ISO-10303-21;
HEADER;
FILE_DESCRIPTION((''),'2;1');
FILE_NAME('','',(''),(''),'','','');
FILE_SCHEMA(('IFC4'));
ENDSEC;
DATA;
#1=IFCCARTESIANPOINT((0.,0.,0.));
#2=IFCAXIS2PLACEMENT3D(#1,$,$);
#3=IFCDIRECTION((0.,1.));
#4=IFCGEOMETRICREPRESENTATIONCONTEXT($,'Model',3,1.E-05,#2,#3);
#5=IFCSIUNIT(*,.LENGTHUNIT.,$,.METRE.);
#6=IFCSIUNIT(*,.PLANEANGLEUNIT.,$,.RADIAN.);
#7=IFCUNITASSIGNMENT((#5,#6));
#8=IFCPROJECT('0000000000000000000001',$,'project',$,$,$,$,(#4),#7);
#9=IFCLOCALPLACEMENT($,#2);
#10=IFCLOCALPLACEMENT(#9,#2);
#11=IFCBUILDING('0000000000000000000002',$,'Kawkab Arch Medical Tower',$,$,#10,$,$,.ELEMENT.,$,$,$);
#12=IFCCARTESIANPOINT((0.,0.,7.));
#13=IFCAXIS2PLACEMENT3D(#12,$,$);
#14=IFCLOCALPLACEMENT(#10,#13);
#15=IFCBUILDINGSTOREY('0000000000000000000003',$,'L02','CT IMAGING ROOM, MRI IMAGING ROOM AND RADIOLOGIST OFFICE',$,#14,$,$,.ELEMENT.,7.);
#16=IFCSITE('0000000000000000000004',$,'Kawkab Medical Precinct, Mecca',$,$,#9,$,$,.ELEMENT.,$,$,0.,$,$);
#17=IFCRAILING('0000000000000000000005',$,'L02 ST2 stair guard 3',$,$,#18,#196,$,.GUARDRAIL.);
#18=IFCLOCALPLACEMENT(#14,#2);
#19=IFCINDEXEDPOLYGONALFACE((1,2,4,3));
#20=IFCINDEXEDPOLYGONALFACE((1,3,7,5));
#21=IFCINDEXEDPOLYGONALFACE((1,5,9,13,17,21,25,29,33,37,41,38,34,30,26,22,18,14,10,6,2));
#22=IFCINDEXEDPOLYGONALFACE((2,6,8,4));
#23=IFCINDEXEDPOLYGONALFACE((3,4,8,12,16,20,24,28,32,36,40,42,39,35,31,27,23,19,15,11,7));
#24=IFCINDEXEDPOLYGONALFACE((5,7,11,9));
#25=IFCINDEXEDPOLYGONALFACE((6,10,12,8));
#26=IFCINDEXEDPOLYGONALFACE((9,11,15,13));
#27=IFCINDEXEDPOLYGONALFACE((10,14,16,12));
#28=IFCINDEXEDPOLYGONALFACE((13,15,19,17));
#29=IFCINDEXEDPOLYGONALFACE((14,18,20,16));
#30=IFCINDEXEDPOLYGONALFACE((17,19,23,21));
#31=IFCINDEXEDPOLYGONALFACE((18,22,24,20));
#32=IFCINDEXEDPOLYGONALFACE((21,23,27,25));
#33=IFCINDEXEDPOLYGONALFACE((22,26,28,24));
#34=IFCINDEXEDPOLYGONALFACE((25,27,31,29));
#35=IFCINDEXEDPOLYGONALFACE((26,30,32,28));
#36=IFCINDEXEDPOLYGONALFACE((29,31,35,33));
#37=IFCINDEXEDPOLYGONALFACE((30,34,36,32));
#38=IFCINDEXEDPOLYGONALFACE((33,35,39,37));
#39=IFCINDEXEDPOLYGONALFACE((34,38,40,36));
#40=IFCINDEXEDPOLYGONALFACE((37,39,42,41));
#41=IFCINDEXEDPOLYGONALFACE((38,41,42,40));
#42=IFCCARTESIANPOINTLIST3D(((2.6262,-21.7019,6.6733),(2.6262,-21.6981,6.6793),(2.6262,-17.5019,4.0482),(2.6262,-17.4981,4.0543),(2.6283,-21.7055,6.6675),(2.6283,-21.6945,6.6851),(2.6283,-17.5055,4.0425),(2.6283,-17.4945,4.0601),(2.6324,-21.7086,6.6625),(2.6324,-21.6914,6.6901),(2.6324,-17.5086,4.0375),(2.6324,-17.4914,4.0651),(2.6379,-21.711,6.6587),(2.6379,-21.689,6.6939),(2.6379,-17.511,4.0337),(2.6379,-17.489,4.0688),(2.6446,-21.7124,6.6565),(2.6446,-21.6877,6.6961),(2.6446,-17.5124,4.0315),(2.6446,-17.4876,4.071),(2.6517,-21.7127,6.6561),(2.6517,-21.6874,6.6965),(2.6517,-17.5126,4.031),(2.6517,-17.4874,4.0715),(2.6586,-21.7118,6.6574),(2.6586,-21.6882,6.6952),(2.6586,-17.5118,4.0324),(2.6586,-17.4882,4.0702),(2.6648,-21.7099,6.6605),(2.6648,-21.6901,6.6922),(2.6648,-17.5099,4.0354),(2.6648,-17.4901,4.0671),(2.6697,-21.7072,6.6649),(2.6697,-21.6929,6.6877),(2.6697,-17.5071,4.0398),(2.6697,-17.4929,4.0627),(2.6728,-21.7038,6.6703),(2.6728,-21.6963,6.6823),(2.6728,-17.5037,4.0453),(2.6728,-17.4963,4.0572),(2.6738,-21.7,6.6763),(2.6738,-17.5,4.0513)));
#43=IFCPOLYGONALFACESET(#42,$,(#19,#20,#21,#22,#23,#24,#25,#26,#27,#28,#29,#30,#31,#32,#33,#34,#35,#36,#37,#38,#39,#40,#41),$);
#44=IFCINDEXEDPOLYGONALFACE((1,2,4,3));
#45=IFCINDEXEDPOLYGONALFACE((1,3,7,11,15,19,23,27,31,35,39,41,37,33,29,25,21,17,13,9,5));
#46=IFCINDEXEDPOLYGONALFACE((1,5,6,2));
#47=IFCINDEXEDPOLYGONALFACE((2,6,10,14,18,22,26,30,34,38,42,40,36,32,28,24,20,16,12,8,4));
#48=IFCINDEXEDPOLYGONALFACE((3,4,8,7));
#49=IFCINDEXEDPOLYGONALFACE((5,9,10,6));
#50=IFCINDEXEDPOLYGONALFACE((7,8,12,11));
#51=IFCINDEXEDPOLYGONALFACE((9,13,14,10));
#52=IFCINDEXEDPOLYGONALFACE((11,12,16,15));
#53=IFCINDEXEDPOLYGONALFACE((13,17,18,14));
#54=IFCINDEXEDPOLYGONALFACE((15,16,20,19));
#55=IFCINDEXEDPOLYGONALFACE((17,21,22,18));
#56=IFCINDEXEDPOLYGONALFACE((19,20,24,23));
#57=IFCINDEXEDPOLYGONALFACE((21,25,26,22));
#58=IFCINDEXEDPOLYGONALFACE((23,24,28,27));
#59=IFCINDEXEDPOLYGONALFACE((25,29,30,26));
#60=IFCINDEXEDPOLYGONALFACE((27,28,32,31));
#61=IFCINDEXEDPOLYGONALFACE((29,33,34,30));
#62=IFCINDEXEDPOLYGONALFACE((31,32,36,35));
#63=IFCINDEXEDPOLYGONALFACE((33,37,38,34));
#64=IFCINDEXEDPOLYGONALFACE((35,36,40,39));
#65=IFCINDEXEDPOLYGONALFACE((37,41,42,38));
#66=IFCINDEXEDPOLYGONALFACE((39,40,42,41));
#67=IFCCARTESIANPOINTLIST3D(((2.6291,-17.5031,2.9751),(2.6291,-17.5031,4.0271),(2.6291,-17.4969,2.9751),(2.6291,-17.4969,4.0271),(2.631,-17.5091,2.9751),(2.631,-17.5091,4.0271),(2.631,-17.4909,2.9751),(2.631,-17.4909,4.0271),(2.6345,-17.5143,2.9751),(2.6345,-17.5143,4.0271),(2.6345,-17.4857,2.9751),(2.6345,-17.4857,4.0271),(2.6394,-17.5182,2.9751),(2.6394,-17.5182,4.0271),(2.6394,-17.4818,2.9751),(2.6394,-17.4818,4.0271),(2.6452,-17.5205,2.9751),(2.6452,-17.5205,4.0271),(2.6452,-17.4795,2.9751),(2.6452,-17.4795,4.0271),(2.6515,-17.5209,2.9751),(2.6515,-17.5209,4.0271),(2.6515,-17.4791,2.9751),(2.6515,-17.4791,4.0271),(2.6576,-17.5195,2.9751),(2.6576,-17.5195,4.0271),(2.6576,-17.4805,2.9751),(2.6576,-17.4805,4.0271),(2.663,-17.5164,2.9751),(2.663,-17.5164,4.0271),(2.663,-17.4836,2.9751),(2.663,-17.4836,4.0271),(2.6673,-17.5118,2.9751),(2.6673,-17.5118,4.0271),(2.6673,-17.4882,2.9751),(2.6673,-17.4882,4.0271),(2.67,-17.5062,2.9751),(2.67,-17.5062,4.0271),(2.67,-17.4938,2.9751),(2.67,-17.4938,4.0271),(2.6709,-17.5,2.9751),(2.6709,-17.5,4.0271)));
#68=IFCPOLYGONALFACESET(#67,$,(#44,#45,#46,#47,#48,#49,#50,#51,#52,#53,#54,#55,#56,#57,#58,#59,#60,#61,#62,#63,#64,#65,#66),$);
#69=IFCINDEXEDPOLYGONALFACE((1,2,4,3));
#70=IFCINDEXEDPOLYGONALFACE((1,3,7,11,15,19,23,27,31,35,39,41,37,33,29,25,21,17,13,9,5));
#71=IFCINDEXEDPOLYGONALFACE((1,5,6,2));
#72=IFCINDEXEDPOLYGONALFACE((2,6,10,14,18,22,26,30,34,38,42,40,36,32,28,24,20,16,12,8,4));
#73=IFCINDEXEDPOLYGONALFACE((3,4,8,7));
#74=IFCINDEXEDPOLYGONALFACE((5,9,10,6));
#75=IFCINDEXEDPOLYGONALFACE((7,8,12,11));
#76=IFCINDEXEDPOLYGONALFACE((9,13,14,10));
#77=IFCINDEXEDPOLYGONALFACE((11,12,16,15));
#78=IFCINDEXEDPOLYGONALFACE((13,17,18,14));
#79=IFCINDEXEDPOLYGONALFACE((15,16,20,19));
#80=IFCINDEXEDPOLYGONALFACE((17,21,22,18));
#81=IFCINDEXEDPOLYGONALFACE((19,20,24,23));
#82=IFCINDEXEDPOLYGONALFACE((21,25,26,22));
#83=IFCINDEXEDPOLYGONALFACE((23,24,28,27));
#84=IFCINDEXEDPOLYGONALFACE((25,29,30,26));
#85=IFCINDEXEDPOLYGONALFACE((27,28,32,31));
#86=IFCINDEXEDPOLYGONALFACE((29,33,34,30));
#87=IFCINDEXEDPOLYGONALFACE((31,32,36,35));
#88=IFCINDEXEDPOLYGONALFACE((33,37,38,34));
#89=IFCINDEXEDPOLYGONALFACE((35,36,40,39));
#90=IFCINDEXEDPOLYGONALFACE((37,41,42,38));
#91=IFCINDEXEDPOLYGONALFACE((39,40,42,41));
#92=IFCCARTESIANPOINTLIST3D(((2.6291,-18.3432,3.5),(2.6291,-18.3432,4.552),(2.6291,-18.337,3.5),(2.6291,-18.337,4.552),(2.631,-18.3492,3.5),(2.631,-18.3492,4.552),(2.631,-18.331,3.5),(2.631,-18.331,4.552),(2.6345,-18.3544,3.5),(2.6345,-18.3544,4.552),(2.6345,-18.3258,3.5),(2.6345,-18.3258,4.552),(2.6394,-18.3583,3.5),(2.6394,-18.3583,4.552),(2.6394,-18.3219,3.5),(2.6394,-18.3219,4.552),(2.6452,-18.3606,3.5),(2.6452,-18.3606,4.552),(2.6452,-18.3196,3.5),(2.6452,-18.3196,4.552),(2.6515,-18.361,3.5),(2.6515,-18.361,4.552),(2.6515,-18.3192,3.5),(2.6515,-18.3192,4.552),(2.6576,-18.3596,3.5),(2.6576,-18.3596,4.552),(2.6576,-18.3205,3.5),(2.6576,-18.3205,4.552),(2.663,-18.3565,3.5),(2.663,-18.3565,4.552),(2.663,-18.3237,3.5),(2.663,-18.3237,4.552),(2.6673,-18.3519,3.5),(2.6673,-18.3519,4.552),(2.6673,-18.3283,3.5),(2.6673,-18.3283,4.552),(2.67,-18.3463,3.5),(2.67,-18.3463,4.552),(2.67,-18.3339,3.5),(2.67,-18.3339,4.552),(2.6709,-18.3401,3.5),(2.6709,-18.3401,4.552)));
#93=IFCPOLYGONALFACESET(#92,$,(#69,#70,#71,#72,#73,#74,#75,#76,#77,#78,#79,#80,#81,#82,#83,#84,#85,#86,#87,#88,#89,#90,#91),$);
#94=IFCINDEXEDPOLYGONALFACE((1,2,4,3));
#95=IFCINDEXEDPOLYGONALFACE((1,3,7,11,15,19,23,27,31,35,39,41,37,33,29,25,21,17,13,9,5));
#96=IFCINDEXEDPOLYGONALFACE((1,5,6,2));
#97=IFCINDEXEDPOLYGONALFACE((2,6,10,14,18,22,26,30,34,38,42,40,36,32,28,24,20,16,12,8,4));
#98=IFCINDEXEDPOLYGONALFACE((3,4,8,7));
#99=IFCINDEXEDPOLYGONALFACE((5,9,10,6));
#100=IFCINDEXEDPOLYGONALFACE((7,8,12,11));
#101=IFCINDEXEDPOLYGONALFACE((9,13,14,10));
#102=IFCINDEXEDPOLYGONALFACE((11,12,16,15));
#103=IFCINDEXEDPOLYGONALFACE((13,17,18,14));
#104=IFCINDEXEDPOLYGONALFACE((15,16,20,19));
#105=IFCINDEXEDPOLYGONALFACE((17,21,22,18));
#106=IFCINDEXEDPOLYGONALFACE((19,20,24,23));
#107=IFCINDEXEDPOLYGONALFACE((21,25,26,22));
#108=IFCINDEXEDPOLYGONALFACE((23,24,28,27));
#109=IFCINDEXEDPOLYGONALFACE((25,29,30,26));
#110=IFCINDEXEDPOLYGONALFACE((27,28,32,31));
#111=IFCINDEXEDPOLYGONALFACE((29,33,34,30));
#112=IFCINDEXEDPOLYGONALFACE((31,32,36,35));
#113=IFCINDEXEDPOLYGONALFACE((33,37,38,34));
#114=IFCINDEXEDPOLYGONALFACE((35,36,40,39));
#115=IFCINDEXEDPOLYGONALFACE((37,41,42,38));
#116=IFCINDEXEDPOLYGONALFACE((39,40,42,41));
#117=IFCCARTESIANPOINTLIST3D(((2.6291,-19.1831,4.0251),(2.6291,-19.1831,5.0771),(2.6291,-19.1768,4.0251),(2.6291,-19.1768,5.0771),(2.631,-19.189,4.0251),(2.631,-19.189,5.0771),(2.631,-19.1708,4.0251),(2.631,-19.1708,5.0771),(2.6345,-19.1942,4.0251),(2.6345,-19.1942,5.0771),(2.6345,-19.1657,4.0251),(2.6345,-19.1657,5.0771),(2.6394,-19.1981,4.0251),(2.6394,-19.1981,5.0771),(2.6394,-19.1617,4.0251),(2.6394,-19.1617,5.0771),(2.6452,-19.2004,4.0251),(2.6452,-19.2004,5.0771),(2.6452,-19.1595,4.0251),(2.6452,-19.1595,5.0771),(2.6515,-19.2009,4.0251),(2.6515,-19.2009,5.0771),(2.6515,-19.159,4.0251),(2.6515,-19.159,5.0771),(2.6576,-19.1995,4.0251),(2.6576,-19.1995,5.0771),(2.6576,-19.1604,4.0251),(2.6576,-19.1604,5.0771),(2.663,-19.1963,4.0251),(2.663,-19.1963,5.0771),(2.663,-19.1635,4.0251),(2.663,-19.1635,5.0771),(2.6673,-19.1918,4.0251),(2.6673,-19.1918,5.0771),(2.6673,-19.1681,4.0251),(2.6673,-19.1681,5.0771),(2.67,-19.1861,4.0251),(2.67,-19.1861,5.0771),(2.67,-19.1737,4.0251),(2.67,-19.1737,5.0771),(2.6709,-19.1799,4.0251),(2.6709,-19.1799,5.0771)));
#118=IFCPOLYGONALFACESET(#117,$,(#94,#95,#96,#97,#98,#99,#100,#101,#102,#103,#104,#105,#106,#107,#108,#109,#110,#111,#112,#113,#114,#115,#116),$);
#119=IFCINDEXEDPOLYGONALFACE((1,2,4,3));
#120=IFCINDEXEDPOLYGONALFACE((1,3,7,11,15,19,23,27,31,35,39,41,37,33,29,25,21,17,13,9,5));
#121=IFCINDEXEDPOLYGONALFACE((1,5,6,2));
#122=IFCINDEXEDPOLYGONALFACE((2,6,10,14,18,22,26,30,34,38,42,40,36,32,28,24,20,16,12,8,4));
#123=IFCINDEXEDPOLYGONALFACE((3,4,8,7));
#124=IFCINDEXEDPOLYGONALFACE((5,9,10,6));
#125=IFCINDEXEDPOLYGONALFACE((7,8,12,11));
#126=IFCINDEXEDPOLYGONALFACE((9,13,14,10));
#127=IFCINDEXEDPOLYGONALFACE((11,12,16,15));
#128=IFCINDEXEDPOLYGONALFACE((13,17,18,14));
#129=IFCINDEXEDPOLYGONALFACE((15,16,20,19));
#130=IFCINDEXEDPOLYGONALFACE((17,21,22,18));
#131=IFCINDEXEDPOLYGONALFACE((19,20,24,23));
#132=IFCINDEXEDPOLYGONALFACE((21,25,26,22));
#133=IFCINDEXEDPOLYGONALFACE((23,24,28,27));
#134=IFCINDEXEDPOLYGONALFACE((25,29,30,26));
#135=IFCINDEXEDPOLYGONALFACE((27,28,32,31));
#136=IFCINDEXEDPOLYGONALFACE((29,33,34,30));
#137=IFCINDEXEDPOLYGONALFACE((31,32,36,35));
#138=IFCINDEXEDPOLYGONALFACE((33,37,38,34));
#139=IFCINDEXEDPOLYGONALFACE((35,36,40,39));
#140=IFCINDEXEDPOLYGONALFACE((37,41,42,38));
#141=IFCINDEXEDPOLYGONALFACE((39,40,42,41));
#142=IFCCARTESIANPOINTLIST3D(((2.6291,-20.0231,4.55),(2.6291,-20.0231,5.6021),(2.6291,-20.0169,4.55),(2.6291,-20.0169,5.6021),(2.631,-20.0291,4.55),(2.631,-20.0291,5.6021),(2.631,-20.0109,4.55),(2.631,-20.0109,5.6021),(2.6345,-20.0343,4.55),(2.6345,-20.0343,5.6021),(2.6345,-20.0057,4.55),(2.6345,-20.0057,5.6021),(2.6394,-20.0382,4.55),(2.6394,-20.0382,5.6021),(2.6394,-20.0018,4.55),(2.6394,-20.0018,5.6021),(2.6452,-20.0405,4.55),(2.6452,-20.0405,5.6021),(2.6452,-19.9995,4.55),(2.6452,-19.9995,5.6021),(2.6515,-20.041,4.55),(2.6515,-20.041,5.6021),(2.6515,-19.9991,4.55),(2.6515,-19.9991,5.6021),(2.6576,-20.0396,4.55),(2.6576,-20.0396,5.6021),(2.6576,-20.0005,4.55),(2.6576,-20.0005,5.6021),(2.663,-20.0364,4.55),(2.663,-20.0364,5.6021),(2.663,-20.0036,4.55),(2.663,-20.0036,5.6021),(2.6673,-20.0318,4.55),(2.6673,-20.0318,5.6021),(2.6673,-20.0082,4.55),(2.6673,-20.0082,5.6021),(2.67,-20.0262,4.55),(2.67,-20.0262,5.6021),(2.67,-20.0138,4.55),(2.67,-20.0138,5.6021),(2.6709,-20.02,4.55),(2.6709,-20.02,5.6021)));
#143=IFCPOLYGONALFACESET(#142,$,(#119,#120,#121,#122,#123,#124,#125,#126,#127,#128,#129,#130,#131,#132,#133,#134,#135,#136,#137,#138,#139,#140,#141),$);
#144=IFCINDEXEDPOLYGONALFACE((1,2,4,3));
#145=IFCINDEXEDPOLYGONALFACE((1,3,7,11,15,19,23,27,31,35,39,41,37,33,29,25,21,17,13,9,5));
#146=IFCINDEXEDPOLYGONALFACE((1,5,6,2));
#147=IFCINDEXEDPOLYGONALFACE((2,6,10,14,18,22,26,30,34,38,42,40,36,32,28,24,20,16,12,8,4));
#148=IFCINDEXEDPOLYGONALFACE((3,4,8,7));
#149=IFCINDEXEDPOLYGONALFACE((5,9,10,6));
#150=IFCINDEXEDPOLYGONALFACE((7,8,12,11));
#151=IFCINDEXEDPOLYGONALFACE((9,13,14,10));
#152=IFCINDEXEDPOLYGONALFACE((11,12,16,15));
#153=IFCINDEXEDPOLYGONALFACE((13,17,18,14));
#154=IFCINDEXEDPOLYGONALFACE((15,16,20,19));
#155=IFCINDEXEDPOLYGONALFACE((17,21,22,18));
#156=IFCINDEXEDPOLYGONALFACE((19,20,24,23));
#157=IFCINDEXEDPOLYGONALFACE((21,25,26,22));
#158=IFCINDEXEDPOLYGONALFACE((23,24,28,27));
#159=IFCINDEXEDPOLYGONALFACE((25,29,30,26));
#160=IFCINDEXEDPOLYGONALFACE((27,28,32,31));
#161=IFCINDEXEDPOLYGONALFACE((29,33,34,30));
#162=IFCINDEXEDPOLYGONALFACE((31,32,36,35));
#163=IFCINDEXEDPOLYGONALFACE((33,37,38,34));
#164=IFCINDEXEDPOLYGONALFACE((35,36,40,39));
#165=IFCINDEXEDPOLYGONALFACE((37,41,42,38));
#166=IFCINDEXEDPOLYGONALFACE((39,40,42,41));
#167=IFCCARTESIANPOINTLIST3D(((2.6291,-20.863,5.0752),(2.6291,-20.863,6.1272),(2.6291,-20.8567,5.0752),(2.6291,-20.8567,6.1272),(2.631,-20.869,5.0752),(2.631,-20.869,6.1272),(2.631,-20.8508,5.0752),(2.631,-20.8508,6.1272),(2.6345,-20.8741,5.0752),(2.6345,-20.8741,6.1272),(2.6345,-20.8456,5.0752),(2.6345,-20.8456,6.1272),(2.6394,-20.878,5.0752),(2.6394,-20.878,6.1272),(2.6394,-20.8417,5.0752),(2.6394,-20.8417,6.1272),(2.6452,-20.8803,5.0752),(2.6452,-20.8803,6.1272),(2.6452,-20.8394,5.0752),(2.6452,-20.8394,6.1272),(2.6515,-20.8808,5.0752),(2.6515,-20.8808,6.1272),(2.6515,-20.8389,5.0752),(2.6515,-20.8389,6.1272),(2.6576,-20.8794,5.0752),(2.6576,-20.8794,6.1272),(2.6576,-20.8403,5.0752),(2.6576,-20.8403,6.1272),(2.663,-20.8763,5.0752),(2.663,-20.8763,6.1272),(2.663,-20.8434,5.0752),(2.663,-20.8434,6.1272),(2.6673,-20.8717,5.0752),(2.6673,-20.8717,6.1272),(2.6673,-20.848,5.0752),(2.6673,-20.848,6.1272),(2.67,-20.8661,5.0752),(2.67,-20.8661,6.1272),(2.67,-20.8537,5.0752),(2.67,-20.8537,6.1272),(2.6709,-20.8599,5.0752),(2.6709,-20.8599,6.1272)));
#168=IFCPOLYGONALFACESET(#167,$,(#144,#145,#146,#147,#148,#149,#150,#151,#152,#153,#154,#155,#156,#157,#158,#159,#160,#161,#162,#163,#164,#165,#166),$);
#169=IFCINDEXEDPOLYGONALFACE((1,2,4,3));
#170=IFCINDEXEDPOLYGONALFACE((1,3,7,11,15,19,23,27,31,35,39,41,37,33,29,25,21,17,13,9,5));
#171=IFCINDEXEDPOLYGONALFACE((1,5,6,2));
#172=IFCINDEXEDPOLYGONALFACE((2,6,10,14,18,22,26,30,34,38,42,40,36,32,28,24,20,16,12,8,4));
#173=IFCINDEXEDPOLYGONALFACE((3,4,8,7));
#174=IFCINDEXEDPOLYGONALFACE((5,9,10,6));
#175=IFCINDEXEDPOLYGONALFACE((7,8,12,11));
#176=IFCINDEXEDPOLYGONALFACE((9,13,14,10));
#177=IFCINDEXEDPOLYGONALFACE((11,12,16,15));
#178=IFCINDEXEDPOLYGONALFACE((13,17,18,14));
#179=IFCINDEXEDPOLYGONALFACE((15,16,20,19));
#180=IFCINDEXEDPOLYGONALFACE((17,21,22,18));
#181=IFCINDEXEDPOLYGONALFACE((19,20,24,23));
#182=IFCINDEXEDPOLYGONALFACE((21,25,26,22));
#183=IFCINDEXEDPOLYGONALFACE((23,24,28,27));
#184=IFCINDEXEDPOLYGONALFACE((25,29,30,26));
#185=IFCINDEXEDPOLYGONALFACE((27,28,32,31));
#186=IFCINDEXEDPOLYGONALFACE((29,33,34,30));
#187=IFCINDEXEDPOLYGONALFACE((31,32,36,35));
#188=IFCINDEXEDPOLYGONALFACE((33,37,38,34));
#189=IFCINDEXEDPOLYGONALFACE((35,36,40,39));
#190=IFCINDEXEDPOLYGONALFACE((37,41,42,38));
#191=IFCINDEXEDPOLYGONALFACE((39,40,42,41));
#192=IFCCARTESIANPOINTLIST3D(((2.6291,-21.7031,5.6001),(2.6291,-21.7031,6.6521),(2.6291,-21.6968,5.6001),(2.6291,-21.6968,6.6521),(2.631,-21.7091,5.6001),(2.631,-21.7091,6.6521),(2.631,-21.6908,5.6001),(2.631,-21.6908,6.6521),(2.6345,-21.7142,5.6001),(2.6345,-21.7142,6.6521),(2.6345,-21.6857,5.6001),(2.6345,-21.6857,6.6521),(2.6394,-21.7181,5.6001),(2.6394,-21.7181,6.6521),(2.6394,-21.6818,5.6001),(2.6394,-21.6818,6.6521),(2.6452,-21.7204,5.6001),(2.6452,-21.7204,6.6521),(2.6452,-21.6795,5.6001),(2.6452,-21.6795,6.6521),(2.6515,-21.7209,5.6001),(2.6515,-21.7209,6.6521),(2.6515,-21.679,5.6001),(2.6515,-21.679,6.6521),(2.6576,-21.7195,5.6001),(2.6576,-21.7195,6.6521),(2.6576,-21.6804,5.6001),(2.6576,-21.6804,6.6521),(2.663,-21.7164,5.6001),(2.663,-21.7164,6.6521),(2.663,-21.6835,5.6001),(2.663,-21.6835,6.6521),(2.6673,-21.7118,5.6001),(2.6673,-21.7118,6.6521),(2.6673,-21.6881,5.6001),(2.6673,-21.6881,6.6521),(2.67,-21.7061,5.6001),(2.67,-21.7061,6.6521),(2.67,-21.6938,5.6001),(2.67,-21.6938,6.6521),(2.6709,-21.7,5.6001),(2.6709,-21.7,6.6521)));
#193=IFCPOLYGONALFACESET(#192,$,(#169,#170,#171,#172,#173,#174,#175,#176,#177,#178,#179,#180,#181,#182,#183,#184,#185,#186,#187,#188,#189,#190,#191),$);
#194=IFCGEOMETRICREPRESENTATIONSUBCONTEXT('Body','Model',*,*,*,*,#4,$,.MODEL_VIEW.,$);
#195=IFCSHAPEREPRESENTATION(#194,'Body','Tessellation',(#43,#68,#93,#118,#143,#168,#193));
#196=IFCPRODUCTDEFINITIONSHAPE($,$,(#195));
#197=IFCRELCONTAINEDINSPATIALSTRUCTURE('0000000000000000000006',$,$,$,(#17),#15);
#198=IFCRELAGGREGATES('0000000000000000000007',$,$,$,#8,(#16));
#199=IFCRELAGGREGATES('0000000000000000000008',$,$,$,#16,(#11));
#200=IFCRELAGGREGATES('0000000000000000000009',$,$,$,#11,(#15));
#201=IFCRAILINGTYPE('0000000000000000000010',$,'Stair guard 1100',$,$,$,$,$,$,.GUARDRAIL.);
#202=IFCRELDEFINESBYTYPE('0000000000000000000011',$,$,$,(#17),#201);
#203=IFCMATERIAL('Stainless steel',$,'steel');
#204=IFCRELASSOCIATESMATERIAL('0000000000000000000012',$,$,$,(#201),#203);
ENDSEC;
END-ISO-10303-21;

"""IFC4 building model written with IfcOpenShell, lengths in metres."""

from ifc_helpers import new_model, si_unit, direction, frame, origin, origin_2d, place, context, subcontext, project, spatial, circle, extrude, material, type_object, element, save


model = new_model("IFC4")

# Units and contexts
model_context = context("Model", 3, precision=1e-05, world=origin(), true_north=direction((0.0, 1.0)))
body_context = subcontext(model_context, "Body", "Model", "MODEL_VIEW")
ifc_project = project(units=[si_unit("LENGTHUNIT", "METRE"), si_unit("PLANEANGLEUNIT", "RADIAN")], contexts=[model_context])

# Site, building, storey
site_placement = place(None, origin())
site = spatial("IfcSite", under=ifc_project, at=site_placement, Name="Kawkab Medical Precinct, Mecca", CompositionType="ELEMENT", RefElevation=0.0)
building_placement = place(site_placement, origin())
building = spatial("IfcBuilding", under=site, at=building_placement, Name="Kawkab Arch Medical Tower", CompositionType="ELEMENT")
storey_placement = place(building_placement, frame((0.0, 0.0, 7.0)))
storey = spatial("IfcBuildingStorey", under=building, at=storey_placement, Name="L02", Description="CT IMAGING ROOM, MRI IMAGING ROOM AND RADIOLOGIST OFFICE", CompositionType="ELEMENT", Elevation=7.0)

# Railing
ifc_material_1 = material(Name="Stainless steel", Category="steel")
railing_type = type_object("IfcRailingType", Name="Stair guard 1100", PredefinedType="GUARDRAIL", material=ifc_material_1)
railing_1_placement = place(storey_placement, frame((2.6499, -17.5, 2.9751)))
element("IfcRailing", 1, at=railing_1_placement, inside=storey, type_object=railing_type, Name="L02 ST2 stair guard 3", PredefinedType="GUARDRAIL", context=body_context, shape_type="SweptSolid", body=[
    extrude(circle(Radius=0.0239, at=origin_2d()), frame((0.0, 0.0, 1.0762), z_axis=(0.0, -0.847996, 0.530003), x_axis=(1.0, 0.0, 0.0)), (0.0, 0.0, 1.0), 4.9529),
    extrude(circle(Radius=0.021, at=origin_2d()), origin(), (0.0, 0.0, 1.0), 1.052),
    extrude(circle(Radius=0.021, at=origin_2d()), frame((0.0, -0.8401, 0.5249)), (0.0, 0.0, 1.0), 1.052),
    extrude(circle(Radius=0.021, at=origin_2d()), frame((0.0, -1.6799, 1.05)), (0.0, 0.0, 1.0), 1.052),
    extrude(circle(Radius=0.021, at=origin_2d()), frame((0.0, -2.52, 1.575)), (0.0, 0.0, 1.0), 1.052),
    extrude(circle(Radius=0.021, at=origin_2d()), frame((0.0, -3.3599, 2.1001)), (0.0, 0.0, 1.0), 1.052),
    extrude(circle(Radius=0.021, at=origin_2d()), frame((0.0, -4.2, 2.625)), (0.0, 0.0, 1.0), 1.052),
])

save(model, "model.ifc")
